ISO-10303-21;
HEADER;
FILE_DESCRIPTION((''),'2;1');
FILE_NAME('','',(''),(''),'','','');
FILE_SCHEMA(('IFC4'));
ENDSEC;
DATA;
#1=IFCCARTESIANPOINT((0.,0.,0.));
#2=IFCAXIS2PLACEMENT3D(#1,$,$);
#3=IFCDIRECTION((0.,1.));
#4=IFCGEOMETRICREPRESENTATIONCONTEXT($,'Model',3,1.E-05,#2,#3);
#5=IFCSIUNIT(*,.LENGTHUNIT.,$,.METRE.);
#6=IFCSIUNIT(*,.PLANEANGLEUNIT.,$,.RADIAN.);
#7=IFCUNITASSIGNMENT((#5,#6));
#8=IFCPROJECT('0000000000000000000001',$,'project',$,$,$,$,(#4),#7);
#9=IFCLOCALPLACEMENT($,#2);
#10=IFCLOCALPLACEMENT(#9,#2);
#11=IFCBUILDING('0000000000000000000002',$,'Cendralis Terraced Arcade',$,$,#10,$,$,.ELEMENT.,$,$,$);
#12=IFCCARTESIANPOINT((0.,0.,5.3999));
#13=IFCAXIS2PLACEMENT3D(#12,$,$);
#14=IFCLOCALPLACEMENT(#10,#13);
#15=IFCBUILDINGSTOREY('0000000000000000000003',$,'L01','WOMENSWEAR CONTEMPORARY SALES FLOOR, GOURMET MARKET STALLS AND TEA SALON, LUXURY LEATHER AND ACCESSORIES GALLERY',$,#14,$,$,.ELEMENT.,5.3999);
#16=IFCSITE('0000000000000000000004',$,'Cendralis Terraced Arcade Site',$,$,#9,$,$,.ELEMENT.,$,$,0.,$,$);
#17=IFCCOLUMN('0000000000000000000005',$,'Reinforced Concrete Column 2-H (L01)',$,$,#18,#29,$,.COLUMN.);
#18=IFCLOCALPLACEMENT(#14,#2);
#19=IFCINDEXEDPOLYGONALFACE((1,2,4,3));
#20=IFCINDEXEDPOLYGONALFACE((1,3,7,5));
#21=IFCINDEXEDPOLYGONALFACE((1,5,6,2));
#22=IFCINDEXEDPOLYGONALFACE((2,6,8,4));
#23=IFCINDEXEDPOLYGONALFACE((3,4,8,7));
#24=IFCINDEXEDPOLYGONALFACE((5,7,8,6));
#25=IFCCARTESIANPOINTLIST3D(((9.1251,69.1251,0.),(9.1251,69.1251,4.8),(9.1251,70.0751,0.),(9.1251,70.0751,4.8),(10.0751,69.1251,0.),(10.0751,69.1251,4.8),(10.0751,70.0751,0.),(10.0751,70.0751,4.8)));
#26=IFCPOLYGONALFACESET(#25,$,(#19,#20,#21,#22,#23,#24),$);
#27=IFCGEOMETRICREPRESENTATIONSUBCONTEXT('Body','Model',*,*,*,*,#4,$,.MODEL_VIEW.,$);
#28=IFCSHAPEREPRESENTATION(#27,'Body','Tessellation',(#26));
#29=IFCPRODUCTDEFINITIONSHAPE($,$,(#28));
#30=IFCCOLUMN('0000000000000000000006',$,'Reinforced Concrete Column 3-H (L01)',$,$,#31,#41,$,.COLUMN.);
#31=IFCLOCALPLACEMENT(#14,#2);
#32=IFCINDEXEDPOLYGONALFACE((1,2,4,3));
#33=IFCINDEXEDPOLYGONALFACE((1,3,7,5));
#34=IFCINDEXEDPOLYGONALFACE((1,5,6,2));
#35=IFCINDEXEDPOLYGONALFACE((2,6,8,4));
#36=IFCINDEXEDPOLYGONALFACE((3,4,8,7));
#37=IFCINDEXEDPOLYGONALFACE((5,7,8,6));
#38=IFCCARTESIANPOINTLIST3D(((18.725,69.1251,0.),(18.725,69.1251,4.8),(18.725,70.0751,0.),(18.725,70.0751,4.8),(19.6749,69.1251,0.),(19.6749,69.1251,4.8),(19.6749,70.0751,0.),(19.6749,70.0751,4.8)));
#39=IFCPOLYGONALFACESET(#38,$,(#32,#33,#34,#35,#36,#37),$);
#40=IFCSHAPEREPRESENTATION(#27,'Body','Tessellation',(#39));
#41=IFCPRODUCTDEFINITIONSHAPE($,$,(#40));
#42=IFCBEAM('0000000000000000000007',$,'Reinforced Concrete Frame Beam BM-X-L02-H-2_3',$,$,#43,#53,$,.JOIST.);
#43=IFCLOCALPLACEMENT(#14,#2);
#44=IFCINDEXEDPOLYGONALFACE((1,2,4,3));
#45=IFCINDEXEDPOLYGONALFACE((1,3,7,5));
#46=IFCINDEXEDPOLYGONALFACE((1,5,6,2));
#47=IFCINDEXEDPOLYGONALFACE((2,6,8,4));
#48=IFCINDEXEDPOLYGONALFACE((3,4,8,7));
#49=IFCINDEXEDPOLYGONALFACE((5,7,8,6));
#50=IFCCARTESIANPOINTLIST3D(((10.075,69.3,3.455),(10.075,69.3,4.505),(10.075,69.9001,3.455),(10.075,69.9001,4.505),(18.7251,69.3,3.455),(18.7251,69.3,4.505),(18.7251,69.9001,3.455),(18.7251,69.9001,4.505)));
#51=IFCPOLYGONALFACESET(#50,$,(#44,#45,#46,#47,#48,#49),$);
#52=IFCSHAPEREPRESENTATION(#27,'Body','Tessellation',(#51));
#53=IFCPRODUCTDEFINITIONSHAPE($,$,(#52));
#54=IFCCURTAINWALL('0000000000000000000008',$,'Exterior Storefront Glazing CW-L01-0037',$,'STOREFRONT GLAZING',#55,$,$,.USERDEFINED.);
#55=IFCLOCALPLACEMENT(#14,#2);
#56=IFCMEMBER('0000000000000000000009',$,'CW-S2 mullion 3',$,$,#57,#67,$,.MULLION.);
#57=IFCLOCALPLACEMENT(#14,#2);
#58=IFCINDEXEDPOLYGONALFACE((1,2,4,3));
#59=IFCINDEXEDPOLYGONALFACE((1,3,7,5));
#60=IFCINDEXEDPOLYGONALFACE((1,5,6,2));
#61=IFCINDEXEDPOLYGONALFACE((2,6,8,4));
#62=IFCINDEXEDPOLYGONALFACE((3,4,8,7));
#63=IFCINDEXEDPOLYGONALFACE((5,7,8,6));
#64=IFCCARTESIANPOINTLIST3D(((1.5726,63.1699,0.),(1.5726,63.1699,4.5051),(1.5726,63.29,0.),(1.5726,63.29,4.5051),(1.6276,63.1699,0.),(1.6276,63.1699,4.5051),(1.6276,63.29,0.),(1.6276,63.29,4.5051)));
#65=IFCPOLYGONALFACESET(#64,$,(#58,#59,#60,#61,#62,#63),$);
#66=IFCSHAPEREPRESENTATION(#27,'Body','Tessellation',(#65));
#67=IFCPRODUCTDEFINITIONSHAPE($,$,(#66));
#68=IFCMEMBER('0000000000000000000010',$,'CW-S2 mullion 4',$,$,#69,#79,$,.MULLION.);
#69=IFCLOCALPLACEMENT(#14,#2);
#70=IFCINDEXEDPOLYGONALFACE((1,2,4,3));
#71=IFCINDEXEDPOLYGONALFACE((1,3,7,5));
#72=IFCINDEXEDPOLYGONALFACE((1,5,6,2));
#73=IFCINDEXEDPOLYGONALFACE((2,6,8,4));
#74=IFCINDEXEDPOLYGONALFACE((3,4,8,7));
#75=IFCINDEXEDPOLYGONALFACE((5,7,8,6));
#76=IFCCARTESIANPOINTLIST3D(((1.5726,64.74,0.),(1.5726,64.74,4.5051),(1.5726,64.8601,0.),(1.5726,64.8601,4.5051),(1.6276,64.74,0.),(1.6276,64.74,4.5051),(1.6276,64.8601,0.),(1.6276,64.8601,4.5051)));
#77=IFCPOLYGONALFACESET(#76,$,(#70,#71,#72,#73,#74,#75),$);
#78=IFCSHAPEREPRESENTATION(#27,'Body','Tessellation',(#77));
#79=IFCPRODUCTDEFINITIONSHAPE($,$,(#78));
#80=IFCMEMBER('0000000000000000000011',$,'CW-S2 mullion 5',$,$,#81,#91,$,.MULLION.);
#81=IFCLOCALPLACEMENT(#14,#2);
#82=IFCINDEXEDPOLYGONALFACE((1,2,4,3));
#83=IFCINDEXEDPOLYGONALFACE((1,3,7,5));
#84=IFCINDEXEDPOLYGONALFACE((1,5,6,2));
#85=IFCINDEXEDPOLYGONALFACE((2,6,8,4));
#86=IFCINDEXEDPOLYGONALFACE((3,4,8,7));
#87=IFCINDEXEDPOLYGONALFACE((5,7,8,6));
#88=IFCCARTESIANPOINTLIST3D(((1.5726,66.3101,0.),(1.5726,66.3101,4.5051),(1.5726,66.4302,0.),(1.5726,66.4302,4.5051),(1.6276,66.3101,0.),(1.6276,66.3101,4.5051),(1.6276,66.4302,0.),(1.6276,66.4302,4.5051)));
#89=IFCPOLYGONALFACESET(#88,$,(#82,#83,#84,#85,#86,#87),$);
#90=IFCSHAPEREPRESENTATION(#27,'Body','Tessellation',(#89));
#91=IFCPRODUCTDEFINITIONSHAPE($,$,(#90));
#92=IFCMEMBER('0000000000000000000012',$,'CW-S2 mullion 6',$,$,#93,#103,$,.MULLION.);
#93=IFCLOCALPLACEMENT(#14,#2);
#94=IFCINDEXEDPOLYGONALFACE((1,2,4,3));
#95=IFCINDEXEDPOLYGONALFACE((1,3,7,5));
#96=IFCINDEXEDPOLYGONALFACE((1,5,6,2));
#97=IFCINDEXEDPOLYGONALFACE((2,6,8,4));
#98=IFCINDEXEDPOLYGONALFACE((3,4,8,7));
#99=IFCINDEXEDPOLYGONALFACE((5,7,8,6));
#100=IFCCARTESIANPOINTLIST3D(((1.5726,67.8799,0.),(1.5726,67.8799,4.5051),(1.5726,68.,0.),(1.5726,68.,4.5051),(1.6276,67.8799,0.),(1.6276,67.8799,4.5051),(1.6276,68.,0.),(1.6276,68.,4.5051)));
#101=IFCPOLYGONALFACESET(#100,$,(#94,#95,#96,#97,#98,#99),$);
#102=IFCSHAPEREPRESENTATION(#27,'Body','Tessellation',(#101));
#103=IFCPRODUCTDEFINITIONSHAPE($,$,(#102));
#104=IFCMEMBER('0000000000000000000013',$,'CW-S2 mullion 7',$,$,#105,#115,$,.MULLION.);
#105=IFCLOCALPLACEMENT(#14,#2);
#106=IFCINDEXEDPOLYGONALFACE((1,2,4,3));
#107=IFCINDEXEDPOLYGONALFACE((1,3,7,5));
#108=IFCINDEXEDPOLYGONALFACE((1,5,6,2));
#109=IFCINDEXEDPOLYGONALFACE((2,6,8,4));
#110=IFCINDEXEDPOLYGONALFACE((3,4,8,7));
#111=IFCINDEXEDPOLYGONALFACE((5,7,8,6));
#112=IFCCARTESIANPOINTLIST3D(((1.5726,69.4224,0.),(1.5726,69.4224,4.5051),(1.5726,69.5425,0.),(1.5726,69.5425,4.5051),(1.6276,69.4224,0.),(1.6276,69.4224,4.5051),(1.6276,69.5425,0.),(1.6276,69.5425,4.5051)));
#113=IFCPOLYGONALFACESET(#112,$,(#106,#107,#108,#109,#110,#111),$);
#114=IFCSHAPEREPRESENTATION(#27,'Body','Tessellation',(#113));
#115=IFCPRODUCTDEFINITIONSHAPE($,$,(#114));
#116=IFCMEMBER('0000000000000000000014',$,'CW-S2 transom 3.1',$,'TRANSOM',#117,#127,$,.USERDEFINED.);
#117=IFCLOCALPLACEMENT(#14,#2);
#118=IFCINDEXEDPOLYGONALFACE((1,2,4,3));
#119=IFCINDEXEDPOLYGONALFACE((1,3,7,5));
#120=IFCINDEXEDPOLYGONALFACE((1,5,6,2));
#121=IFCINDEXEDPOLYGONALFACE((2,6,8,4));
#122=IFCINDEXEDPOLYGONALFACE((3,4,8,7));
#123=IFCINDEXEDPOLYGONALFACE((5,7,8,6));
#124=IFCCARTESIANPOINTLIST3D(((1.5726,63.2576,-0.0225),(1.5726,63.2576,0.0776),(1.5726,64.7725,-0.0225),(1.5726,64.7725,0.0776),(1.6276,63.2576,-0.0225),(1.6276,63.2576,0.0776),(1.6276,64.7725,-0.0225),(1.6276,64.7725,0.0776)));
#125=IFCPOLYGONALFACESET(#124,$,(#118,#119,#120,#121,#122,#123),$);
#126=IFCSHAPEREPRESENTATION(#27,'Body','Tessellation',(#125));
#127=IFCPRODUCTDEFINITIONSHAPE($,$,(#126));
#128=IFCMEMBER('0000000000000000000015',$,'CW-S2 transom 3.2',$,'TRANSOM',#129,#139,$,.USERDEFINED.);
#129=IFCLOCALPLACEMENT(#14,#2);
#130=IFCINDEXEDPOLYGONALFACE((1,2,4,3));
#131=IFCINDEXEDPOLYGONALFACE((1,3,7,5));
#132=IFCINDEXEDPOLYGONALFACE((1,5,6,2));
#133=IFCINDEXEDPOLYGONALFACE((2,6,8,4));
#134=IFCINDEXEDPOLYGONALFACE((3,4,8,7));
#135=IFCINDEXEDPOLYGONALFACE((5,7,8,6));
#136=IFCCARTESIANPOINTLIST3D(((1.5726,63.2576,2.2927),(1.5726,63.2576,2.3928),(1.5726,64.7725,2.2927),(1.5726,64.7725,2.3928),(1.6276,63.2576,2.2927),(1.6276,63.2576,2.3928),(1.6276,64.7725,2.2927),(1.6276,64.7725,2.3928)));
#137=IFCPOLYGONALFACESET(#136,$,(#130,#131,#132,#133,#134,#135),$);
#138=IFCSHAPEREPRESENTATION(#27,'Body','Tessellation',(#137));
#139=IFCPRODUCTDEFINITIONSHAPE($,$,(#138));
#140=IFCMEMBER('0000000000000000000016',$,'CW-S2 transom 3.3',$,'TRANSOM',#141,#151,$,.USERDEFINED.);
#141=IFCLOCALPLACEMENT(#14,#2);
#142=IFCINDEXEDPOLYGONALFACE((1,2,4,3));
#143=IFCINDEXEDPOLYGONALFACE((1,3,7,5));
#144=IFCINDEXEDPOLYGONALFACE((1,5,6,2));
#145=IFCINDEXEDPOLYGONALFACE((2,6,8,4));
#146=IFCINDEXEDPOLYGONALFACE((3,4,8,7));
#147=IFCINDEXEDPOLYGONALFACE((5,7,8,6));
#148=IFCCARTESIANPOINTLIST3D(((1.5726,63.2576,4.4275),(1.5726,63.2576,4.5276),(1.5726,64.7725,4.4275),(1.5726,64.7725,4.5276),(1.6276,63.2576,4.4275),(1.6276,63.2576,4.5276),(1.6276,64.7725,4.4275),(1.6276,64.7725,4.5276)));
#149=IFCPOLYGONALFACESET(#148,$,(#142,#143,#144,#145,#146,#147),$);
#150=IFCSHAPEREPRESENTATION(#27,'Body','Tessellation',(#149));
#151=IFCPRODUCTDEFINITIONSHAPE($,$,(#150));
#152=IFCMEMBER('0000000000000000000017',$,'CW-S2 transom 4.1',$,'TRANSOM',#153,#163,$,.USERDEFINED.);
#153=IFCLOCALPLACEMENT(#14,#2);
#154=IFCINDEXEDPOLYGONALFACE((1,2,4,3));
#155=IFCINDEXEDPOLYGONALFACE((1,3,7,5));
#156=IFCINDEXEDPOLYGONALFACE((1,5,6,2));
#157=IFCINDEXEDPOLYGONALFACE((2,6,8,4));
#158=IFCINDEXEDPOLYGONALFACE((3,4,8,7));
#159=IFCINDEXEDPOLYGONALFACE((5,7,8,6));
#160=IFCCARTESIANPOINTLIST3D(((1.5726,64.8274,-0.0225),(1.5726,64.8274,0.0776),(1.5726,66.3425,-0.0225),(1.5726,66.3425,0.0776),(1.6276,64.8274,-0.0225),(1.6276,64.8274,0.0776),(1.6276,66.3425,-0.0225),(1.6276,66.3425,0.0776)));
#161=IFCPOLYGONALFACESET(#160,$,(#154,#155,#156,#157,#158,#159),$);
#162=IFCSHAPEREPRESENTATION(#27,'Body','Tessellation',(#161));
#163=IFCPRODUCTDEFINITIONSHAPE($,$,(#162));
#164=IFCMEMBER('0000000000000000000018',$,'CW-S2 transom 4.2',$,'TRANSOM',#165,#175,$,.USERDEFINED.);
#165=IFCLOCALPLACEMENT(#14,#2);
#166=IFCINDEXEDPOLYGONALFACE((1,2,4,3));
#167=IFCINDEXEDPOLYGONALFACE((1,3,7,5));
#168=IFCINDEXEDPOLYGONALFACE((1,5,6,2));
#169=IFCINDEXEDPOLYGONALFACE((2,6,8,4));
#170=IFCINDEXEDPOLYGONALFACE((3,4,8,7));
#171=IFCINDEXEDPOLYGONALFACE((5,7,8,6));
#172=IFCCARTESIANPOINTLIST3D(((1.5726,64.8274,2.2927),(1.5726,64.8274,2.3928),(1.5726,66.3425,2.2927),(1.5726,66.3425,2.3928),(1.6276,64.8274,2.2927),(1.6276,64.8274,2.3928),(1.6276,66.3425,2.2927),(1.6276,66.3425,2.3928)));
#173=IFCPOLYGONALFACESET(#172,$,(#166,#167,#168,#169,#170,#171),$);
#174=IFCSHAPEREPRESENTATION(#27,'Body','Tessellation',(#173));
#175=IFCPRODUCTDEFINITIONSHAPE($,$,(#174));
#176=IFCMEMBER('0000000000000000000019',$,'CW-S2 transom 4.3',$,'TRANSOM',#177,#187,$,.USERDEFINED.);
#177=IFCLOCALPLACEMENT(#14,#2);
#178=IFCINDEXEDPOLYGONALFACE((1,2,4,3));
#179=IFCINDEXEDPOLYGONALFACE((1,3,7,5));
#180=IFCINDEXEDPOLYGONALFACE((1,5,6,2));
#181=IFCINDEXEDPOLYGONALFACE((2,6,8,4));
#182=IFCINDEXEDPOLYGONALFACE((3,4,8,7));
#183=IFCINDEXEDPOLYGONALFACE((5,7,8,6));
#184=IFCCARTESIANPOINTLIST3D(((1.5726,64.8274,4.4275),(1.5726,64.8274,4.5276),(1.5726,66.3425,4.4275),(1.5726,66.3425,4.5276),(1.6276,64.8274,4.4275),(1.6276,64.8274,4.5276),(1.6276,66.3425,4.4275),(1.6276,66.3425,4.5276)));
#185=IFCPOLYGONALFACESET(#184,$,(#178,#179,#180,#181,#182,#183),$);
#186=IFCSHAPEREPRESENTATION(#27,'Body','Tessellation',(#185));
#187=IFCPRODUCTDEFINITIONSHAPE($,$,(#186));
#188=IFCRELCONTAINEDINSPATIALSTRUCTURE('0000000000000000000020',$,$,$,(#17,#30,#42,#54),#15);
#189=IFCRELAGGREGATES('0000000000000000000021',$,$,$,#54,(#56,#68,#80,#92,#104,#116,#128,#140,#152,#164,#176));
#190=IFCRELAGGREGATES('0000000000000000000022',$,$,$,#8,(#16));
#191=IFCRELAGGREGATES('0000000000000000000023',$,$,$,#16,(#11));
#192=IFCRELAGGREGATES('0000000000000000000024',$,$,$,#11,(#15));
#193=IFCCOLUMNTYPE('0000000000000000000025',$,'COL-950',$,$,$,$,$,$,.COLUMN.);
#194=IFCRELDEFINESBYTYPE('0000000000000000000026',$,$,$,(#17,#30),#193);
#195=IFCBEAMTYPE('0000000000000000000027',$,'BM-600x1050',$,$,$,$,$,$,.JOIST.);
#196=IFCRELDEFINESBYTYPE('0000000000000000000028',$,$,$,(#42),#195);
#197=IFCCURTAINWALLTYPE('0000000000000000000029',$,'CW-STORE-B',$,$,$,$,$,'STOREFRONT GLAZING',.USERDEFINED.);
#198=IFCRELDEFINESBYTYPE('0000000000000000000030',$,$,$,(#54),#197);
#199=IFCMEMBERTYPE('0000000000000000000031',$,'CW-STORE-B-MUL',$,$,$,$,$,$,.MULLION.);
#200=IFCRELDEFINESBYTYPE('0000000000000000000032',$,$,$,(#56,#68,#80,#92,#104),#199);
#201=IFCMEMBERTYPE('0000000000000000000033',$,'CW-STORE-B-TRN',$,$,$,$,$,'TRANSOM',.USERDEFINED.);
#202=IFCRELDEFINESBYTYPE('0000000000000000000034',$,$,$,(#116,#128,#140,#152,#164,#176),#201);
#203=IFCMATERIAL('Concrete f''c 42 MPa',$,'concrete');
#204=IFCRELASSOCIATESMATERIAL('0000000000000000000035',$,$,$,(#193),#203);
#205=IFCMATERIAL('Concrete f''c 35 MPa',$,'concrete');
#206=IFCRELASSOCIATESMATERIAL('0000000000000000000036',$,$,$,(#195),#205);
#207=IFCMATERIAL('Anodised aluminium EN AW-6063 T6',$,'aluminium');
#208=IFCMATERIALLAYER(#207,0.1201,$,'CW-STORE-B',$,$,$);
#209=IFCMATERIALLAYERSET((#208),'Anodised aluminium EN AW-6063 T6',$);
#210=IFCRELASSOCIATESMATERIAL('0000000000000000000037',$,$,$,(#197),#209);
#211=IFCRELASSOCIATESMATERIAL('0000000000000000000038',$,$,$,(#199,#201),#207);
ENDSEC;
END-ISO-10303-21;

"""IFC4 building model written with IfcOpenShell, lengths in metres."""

from ifc_helpers import new_model, si_unit, direction, frame, origin, origin_2d, place, context, subcontext, project, spatial, rectangle, extrude, material, layer, layer_set, material_profile, profile_set, type_object, element, aggregate, save


model = new_model("IFC4")

# Units and contexts
model_context = context("Model", 3, precision=1e-05, world=origin(), true_north=direction((0.0, 1.0)))
body_context = subcontext(model_context, "Body", "Model", "MODEL_VIEW")
ifc_project = project(units=[si_unit("LENGTHUNIT", "METRE"), si_unit("PLANEANGLEUNIT", "RADIAN")], contexts=[model_context])

# Site, building, storey
site_placement = place(None, origin())
site = spatial("IfcSite", under=ifc_project, at=site_placement, Name="Cendralis Terraced Arcade Site", CompositionType="ELEMENT", RefElevation=0.0)
building_placement = place(site_placement, origin())
building = spatial("IfcBuilding", under=site, at=building_placement, Name="Cendralis Terraced Arcade", CompositionType="ELEMENT")
storey_placement = place(building_placement, frame((0.0, 0.0, 5.3999)))
storey = spatial("IfcBuildingStorey", under=building, at=storey_placement, Name="L01", Description="WOMENSWEAR CONTEMPORARY SALES FLOOR, GOURMET MARKET STALLS AND TEA SALON, LUXURY LEATHER AND ACCESSORIES GALLERY", CompositionType="ELEMENT", Elevation=5.3999)

# Columns
ifc_material_1 = material(Name="Concrete f'c 42 MPa", Category="concrete")
ifc_material_profile_1 = material_profile(ifc_material_1, rectangle(XDim=0.95, YDim=0.95, at=origin_2d()), Name="RC-COL-950x950", Category="LoadBearing")
ifc_profile_set_1 = profile_set([ifc_material_profile_1], Name="Concrete f'c 42 MPa")
column_type = type_object("IfcColumnType", Name="COL-950", PredefinedType="COLUMN", material=ifc_profile_set_1)
for number, where, z_axis, x_axis, name in (
    (1, (9.6001, 69.6001, 0.0), (0.0, 0.0, 1.0), (1.0, 0.0, 0.0), "Reinforced Concrete Column 2-H (L01)"),
    (2, (19.2, 69.6001, 0.0), (0.0, 0.0, 1.0), (1.0, 0.0, 0.0), "Reinforced Concrete Column 3-H (L01)"),
):
    element("IfcColumn", number, at=place(storey_placement, frame(where, z_axis=z_axis, x_axis=x_axis)), inside=storey, type_object=column_type, Name=name, PredefinedType="COLUMN", context=body_context, shape_type="SweptSolid", body=[
        extrude(rectangle(XDim=0.95, YDim=0.95, at=origin_2d()), origin(), (0.0, 0.0, 1.0), 4.8),
    ])

# Beam
ifc_material_2 = material(Name="Concrete f'c 35 MPa", Category="concrete")
ifc_material_profile_2 = material_profile(ifc_material_2, rectangle(XDim=0.6001, YDim=1.05, at=origin_2d()), Name="RC-BM-600x1050", Category="LoadBearing")
ifc_profile_set_2 = profile_set([ifc_material_profile_2], Name="Concrete f'c 35 MPa")
beam_type = type_object("IfcBeamType", Name="BM-600x1050", PredefinedType="JOIST", material=ifc_profile_set_2)
beam_placement = place(storey_placement, frame((10.075, 69.6001, 3.98), z_axis=(1.0, 0.0, 0.0), x_axis=(0.0, 1.0, 0.0)))
element("IfcBeam", 3, at=beam_placement, inside=storey, type_object=beam_type, Name="Reinforced Concrete Frame Beam BM-X-L02-H-2_3", PredefinedType="JOIST", context=body_context, shape_type="SweptSolid", body=[
    extrude(rectangle(XDim=0.6001, YDim=1.05, at=origin_2d()), origin(), (0.0, 0.0, 1.0), 8.6501),
])

# Curtain wall, members
ifc_material_3 = material(Name="Anodised aluminium EN AW-6063 T6", Category="aluminium")
ifc_layer_1 = layer(ifc_material_3, 0.1201, Name="CW-STORE-B")
ifc_layer_set_1 = layer_set([ifc_layer_1], Name="Anodised aluminium EN AW-6063 T6")
curtain_wall_type = type_object("IfcCurtainWallType", Name="CW-STORE-B", ElementType="STOREFRONT GLAZING", PredefinedType="USERDEFINED", material=ifc_layer_set_1)
curtain_wall_placement = place(storey_placement, origin())
curtain_wall = element("IfcCurtainWall", 4, at=curtain_wall_placement, inside=storey, type_object=curtain_wall_type, Name="Exterior Storefront Glazing CW-L01-0037", ObjectType="STOREFRONT GLAZING", PredefinedType="USERDEFINED")
ifc_material_profile_3 = material_profile(ifc_material_3, rectangle(XDim=0.0549, YDim=0.1201, at=origin_2d()), Name="ALU-MUL-55x120")
ifc_profile_set_3 = profile_set([ifc_material_profile_3], Name="Anodised aluminium EN AW-6063 T6")
member_type_1 = type_object("IfcMemberType", Name="CW-STORE-B-MUL", PredefinedType="MULLION", material=ifc_profile_set_3)
member_1_placement = place(storey_placement, frame((1.6001, 63.23, 0.0), z_axis=(0.0, 0.0, 1.0), x_axis=(-1.0, 0.0, 0.0)))
member_1 = element("IfcMember", 5, at=member_1_placement, type_object=member_type_1, Name="CW-S2 mullion 3", PredefinedType="MULLION", context=body_context, shape_type="SweptSolid", body=[
    extrude(rectangle(XDim=0.0549, YDim=0.1201, at=origin_2d()), origin(), (0.0, 0.0, 1.0), 4.5051),
])
member_2_placement = place(storey_placement, frame((1.6001, 64.8, 0.0), z_axis=(0.0, 0.0, 1.0), x_axis=(-1.0, 0.0, 0.0)))
member_2 = element("IfcMember", 6, at=member_2_placement, type_object=member_type_1, Name="CW-S2 mullion 4", PredefinedType="MULLION", context=body_context, shape_type="SweptSolid", body=[
    extrude(rectangle(XDim=0.0549, YDim=0.1201, at=origin_2d()), origin(), (0.0, 0.0, 1.0), 4.5051),
])
member_3_placement = place(storey_placement, frame((1.6001, 66.3701, 0.0), z_axis=(0.0, 0.0, 1.0), x_axis=(-1.0, 0.0, 0.0)))
member_3 = element("IfcMember", 7, at=member_3_placement, type_object=member_type_1, Name="CW-S2 mullion 5", PredefinedType="MULLION", context=body_context, shape_type="SweptSolid", body=[
    extrude(rectangle(XDim=0.0549, YDim=0.1201, at=origin_2d()), origin(), (0.0, 0.0, 1.0), 4.5051),
])
member_4_placement = place(storey_placement, frame((1.6001, 67.9399, 0.0), z_axis=(0.0, 0.0, 1.0), x_axis=(-1.0, 0.0, 0.0)))
member_4 = element("IfcMember", 8, at=member_4_placement, type_object=member_type_1, Name="CW-S2 mullion 6", PredefinedType="MULLION", context=body_context, shape_type="SweptSolid", body=[
    extrude(rectangle(XDim=0.0549, YDim=0.1201, at=origin_2d()), origin(), (0.0, 0.0, 1.0), 4.5051),
])
member_5_placement = place(storey_placement, frame((1.6001, 69.4824, 0.0), z_axis=(0.0, 0.0, 1.0), x_axis=(-1.0, 0.0, 0.0)))
member_5 = element("IfcMember", 9, at=member_5_placement, type_object=member_type_1, Name="CW-S2 mullion 7", PredefinedType="MULLION", context=body_context, shape_type="SweptSolid", body=[
    extrude(rectangle(XDim=0.0549, YDim=0.1201, at=origin_2d()), origin(), (0.0, 0.0, 1.0), 4.5051),
])
ifc_material_profile_4 = material_profile(ifc_material_3, rectangle(XDim=0.0549, YDim=0.1001, at=origin_2d()), Name="ALU-TRN-55x100")
ifc_profile_set_4 = profile_set([ifc_material_profile_4], Name="Anodised aluminium EN AW-6063 T6")
member_type_2 = type_object("IfcMemberType", Name="CW-STORE-B-TRN", ElementType="TRANSOM", PredefinedType="USERDEFINED", material=ifc_profile_set_4)
member_6_placement = place(storey_placement, frame((1.6001, 63.2576, 0.0276), z_axis=(0.0, 1.0, 0.0), x_axis=(-1.0, 0.0, 0.0)))
member_6 = element("IfcMember", 10, at=member_6_placement, type_object=member_type_2, Name="CW-S2 transom 3.1", ObjectType="TRANSOM", PredefinedType="USERDEFINED", context=body_context, shape_type="SweptSolid", body=[
    extrude(rectangle(XDim=0.0549, YDim=0.1001, at=origin_2d()), origin(), (0.0, 0.0, 1.0), 1.5149),
])
member_7_placement = place(storey_placement, frame((1.6001, 63.2576, 2.3428), z_axis=(0.0, 1.0, 0.0), x_axis=(-1.0, 0.0, 0.0)))
member_7 = element("IfcMember", 11, at=member_7_placement, type_object=member_type_2, Name="CW-S2 transom 3.2", ObjectType="TRANSOM", PredefinedType="USERDEFINED", context=body_context, shape_type="SweptSolid", body=[
    extrude(rectangle(XDim=0.0549, YDim=0.1001, at=origin_2d()), origin(), (0.0, 0.0, 1.0), 1.5149),
])
member_8_placement = place(storey_placement, frame((1.6001, 63.2576, 4.4775), z_axis=(0.0, 1.0, 0.0), x_axis=(-1.0, 0.0, 0.0)))
member_8 = element("IfcMember", 12, at=member_8_placement, type_object=member_type_2, Name="CW-S2 transom 3.3", ObjectType="TRANSOM", PredefinedType="USERDEFINED", context=body_context, shape_type="SweptSolid", body=[
    extrude(rectangle(XDim=0.0549, YDim=0.1001, at=origin_2d()), origin(), (0.0, 0.0, 1.0), 1.5149),
])
member_9_placement = place(storey_placement, frame((1.6001, 64.8274, 0.0276), z_axis=(0.0, 1.0, 0.0), x_axis=(-1.0, 0.0, 0.0)))
member_9 = element("IfcMember", 13, at=member_9_placement, type_object=member_type_2, Name="CW-S2 transom 4.1", ObjectType="TRANSOM", PredefinedType="USERDEFINED", context=body_context, shape_type="SweptSolid", body=[
    extrude(rectangle(XDim=0.0549, YDim=0.1001, at=origin_2d()), origin(), (0.0, 0.0, 1.0), 1.5151),
])
member_10_placement = place(storey_placement, frame((1.6001, 64.8274, 2.3428), z_axis=(0.0, 1.0, 0.0), x_axis=(-1.0, 0.0, 0.0)))
member_10 = element("IfcMember", 14, at=member_10_placement, type_object=member_type_2, Name="CW-S2 transom 4.2", ObjectType="TRANSOM", PredefinedType="USERDEFINED", context=body_context, shape_type="SweptSolid", body=[
    extrude(rectangle(XDim=0.0549, YDim=0.1001, at=origin_2d()), origin(), (0.0, 0.0, 1.0), 1.5151),
])
member_11_placement = place(storey_placement, frame((1.6001, 64.8274, 4.4775), z_axis=(0.0, 1.0, 0.0), x_axis=(-1.0, 0.0, 0.0)))
member_11 = element("IfcMember", 15, at=member_11_placement, type_object=member_type_2, Name="CW-S2 transom 4.3", ObjectType="TRANSOM", PredefinedType="USERDEFINED", context=body_context, shape_type="SweptSolid", body=[
    extrude(rectangle(XDim=0.0549, YDim=0.1001, at=origin_2d()), origin(), (0.0, 0.0, 1.0), 1.5151),
])
aggregate(curtain_wall, [member_1, member_2, member_3, member_4, member_5, member_6, member_7, member_8, member_9, member_10, member_11])

save(model, "model.ifc")
